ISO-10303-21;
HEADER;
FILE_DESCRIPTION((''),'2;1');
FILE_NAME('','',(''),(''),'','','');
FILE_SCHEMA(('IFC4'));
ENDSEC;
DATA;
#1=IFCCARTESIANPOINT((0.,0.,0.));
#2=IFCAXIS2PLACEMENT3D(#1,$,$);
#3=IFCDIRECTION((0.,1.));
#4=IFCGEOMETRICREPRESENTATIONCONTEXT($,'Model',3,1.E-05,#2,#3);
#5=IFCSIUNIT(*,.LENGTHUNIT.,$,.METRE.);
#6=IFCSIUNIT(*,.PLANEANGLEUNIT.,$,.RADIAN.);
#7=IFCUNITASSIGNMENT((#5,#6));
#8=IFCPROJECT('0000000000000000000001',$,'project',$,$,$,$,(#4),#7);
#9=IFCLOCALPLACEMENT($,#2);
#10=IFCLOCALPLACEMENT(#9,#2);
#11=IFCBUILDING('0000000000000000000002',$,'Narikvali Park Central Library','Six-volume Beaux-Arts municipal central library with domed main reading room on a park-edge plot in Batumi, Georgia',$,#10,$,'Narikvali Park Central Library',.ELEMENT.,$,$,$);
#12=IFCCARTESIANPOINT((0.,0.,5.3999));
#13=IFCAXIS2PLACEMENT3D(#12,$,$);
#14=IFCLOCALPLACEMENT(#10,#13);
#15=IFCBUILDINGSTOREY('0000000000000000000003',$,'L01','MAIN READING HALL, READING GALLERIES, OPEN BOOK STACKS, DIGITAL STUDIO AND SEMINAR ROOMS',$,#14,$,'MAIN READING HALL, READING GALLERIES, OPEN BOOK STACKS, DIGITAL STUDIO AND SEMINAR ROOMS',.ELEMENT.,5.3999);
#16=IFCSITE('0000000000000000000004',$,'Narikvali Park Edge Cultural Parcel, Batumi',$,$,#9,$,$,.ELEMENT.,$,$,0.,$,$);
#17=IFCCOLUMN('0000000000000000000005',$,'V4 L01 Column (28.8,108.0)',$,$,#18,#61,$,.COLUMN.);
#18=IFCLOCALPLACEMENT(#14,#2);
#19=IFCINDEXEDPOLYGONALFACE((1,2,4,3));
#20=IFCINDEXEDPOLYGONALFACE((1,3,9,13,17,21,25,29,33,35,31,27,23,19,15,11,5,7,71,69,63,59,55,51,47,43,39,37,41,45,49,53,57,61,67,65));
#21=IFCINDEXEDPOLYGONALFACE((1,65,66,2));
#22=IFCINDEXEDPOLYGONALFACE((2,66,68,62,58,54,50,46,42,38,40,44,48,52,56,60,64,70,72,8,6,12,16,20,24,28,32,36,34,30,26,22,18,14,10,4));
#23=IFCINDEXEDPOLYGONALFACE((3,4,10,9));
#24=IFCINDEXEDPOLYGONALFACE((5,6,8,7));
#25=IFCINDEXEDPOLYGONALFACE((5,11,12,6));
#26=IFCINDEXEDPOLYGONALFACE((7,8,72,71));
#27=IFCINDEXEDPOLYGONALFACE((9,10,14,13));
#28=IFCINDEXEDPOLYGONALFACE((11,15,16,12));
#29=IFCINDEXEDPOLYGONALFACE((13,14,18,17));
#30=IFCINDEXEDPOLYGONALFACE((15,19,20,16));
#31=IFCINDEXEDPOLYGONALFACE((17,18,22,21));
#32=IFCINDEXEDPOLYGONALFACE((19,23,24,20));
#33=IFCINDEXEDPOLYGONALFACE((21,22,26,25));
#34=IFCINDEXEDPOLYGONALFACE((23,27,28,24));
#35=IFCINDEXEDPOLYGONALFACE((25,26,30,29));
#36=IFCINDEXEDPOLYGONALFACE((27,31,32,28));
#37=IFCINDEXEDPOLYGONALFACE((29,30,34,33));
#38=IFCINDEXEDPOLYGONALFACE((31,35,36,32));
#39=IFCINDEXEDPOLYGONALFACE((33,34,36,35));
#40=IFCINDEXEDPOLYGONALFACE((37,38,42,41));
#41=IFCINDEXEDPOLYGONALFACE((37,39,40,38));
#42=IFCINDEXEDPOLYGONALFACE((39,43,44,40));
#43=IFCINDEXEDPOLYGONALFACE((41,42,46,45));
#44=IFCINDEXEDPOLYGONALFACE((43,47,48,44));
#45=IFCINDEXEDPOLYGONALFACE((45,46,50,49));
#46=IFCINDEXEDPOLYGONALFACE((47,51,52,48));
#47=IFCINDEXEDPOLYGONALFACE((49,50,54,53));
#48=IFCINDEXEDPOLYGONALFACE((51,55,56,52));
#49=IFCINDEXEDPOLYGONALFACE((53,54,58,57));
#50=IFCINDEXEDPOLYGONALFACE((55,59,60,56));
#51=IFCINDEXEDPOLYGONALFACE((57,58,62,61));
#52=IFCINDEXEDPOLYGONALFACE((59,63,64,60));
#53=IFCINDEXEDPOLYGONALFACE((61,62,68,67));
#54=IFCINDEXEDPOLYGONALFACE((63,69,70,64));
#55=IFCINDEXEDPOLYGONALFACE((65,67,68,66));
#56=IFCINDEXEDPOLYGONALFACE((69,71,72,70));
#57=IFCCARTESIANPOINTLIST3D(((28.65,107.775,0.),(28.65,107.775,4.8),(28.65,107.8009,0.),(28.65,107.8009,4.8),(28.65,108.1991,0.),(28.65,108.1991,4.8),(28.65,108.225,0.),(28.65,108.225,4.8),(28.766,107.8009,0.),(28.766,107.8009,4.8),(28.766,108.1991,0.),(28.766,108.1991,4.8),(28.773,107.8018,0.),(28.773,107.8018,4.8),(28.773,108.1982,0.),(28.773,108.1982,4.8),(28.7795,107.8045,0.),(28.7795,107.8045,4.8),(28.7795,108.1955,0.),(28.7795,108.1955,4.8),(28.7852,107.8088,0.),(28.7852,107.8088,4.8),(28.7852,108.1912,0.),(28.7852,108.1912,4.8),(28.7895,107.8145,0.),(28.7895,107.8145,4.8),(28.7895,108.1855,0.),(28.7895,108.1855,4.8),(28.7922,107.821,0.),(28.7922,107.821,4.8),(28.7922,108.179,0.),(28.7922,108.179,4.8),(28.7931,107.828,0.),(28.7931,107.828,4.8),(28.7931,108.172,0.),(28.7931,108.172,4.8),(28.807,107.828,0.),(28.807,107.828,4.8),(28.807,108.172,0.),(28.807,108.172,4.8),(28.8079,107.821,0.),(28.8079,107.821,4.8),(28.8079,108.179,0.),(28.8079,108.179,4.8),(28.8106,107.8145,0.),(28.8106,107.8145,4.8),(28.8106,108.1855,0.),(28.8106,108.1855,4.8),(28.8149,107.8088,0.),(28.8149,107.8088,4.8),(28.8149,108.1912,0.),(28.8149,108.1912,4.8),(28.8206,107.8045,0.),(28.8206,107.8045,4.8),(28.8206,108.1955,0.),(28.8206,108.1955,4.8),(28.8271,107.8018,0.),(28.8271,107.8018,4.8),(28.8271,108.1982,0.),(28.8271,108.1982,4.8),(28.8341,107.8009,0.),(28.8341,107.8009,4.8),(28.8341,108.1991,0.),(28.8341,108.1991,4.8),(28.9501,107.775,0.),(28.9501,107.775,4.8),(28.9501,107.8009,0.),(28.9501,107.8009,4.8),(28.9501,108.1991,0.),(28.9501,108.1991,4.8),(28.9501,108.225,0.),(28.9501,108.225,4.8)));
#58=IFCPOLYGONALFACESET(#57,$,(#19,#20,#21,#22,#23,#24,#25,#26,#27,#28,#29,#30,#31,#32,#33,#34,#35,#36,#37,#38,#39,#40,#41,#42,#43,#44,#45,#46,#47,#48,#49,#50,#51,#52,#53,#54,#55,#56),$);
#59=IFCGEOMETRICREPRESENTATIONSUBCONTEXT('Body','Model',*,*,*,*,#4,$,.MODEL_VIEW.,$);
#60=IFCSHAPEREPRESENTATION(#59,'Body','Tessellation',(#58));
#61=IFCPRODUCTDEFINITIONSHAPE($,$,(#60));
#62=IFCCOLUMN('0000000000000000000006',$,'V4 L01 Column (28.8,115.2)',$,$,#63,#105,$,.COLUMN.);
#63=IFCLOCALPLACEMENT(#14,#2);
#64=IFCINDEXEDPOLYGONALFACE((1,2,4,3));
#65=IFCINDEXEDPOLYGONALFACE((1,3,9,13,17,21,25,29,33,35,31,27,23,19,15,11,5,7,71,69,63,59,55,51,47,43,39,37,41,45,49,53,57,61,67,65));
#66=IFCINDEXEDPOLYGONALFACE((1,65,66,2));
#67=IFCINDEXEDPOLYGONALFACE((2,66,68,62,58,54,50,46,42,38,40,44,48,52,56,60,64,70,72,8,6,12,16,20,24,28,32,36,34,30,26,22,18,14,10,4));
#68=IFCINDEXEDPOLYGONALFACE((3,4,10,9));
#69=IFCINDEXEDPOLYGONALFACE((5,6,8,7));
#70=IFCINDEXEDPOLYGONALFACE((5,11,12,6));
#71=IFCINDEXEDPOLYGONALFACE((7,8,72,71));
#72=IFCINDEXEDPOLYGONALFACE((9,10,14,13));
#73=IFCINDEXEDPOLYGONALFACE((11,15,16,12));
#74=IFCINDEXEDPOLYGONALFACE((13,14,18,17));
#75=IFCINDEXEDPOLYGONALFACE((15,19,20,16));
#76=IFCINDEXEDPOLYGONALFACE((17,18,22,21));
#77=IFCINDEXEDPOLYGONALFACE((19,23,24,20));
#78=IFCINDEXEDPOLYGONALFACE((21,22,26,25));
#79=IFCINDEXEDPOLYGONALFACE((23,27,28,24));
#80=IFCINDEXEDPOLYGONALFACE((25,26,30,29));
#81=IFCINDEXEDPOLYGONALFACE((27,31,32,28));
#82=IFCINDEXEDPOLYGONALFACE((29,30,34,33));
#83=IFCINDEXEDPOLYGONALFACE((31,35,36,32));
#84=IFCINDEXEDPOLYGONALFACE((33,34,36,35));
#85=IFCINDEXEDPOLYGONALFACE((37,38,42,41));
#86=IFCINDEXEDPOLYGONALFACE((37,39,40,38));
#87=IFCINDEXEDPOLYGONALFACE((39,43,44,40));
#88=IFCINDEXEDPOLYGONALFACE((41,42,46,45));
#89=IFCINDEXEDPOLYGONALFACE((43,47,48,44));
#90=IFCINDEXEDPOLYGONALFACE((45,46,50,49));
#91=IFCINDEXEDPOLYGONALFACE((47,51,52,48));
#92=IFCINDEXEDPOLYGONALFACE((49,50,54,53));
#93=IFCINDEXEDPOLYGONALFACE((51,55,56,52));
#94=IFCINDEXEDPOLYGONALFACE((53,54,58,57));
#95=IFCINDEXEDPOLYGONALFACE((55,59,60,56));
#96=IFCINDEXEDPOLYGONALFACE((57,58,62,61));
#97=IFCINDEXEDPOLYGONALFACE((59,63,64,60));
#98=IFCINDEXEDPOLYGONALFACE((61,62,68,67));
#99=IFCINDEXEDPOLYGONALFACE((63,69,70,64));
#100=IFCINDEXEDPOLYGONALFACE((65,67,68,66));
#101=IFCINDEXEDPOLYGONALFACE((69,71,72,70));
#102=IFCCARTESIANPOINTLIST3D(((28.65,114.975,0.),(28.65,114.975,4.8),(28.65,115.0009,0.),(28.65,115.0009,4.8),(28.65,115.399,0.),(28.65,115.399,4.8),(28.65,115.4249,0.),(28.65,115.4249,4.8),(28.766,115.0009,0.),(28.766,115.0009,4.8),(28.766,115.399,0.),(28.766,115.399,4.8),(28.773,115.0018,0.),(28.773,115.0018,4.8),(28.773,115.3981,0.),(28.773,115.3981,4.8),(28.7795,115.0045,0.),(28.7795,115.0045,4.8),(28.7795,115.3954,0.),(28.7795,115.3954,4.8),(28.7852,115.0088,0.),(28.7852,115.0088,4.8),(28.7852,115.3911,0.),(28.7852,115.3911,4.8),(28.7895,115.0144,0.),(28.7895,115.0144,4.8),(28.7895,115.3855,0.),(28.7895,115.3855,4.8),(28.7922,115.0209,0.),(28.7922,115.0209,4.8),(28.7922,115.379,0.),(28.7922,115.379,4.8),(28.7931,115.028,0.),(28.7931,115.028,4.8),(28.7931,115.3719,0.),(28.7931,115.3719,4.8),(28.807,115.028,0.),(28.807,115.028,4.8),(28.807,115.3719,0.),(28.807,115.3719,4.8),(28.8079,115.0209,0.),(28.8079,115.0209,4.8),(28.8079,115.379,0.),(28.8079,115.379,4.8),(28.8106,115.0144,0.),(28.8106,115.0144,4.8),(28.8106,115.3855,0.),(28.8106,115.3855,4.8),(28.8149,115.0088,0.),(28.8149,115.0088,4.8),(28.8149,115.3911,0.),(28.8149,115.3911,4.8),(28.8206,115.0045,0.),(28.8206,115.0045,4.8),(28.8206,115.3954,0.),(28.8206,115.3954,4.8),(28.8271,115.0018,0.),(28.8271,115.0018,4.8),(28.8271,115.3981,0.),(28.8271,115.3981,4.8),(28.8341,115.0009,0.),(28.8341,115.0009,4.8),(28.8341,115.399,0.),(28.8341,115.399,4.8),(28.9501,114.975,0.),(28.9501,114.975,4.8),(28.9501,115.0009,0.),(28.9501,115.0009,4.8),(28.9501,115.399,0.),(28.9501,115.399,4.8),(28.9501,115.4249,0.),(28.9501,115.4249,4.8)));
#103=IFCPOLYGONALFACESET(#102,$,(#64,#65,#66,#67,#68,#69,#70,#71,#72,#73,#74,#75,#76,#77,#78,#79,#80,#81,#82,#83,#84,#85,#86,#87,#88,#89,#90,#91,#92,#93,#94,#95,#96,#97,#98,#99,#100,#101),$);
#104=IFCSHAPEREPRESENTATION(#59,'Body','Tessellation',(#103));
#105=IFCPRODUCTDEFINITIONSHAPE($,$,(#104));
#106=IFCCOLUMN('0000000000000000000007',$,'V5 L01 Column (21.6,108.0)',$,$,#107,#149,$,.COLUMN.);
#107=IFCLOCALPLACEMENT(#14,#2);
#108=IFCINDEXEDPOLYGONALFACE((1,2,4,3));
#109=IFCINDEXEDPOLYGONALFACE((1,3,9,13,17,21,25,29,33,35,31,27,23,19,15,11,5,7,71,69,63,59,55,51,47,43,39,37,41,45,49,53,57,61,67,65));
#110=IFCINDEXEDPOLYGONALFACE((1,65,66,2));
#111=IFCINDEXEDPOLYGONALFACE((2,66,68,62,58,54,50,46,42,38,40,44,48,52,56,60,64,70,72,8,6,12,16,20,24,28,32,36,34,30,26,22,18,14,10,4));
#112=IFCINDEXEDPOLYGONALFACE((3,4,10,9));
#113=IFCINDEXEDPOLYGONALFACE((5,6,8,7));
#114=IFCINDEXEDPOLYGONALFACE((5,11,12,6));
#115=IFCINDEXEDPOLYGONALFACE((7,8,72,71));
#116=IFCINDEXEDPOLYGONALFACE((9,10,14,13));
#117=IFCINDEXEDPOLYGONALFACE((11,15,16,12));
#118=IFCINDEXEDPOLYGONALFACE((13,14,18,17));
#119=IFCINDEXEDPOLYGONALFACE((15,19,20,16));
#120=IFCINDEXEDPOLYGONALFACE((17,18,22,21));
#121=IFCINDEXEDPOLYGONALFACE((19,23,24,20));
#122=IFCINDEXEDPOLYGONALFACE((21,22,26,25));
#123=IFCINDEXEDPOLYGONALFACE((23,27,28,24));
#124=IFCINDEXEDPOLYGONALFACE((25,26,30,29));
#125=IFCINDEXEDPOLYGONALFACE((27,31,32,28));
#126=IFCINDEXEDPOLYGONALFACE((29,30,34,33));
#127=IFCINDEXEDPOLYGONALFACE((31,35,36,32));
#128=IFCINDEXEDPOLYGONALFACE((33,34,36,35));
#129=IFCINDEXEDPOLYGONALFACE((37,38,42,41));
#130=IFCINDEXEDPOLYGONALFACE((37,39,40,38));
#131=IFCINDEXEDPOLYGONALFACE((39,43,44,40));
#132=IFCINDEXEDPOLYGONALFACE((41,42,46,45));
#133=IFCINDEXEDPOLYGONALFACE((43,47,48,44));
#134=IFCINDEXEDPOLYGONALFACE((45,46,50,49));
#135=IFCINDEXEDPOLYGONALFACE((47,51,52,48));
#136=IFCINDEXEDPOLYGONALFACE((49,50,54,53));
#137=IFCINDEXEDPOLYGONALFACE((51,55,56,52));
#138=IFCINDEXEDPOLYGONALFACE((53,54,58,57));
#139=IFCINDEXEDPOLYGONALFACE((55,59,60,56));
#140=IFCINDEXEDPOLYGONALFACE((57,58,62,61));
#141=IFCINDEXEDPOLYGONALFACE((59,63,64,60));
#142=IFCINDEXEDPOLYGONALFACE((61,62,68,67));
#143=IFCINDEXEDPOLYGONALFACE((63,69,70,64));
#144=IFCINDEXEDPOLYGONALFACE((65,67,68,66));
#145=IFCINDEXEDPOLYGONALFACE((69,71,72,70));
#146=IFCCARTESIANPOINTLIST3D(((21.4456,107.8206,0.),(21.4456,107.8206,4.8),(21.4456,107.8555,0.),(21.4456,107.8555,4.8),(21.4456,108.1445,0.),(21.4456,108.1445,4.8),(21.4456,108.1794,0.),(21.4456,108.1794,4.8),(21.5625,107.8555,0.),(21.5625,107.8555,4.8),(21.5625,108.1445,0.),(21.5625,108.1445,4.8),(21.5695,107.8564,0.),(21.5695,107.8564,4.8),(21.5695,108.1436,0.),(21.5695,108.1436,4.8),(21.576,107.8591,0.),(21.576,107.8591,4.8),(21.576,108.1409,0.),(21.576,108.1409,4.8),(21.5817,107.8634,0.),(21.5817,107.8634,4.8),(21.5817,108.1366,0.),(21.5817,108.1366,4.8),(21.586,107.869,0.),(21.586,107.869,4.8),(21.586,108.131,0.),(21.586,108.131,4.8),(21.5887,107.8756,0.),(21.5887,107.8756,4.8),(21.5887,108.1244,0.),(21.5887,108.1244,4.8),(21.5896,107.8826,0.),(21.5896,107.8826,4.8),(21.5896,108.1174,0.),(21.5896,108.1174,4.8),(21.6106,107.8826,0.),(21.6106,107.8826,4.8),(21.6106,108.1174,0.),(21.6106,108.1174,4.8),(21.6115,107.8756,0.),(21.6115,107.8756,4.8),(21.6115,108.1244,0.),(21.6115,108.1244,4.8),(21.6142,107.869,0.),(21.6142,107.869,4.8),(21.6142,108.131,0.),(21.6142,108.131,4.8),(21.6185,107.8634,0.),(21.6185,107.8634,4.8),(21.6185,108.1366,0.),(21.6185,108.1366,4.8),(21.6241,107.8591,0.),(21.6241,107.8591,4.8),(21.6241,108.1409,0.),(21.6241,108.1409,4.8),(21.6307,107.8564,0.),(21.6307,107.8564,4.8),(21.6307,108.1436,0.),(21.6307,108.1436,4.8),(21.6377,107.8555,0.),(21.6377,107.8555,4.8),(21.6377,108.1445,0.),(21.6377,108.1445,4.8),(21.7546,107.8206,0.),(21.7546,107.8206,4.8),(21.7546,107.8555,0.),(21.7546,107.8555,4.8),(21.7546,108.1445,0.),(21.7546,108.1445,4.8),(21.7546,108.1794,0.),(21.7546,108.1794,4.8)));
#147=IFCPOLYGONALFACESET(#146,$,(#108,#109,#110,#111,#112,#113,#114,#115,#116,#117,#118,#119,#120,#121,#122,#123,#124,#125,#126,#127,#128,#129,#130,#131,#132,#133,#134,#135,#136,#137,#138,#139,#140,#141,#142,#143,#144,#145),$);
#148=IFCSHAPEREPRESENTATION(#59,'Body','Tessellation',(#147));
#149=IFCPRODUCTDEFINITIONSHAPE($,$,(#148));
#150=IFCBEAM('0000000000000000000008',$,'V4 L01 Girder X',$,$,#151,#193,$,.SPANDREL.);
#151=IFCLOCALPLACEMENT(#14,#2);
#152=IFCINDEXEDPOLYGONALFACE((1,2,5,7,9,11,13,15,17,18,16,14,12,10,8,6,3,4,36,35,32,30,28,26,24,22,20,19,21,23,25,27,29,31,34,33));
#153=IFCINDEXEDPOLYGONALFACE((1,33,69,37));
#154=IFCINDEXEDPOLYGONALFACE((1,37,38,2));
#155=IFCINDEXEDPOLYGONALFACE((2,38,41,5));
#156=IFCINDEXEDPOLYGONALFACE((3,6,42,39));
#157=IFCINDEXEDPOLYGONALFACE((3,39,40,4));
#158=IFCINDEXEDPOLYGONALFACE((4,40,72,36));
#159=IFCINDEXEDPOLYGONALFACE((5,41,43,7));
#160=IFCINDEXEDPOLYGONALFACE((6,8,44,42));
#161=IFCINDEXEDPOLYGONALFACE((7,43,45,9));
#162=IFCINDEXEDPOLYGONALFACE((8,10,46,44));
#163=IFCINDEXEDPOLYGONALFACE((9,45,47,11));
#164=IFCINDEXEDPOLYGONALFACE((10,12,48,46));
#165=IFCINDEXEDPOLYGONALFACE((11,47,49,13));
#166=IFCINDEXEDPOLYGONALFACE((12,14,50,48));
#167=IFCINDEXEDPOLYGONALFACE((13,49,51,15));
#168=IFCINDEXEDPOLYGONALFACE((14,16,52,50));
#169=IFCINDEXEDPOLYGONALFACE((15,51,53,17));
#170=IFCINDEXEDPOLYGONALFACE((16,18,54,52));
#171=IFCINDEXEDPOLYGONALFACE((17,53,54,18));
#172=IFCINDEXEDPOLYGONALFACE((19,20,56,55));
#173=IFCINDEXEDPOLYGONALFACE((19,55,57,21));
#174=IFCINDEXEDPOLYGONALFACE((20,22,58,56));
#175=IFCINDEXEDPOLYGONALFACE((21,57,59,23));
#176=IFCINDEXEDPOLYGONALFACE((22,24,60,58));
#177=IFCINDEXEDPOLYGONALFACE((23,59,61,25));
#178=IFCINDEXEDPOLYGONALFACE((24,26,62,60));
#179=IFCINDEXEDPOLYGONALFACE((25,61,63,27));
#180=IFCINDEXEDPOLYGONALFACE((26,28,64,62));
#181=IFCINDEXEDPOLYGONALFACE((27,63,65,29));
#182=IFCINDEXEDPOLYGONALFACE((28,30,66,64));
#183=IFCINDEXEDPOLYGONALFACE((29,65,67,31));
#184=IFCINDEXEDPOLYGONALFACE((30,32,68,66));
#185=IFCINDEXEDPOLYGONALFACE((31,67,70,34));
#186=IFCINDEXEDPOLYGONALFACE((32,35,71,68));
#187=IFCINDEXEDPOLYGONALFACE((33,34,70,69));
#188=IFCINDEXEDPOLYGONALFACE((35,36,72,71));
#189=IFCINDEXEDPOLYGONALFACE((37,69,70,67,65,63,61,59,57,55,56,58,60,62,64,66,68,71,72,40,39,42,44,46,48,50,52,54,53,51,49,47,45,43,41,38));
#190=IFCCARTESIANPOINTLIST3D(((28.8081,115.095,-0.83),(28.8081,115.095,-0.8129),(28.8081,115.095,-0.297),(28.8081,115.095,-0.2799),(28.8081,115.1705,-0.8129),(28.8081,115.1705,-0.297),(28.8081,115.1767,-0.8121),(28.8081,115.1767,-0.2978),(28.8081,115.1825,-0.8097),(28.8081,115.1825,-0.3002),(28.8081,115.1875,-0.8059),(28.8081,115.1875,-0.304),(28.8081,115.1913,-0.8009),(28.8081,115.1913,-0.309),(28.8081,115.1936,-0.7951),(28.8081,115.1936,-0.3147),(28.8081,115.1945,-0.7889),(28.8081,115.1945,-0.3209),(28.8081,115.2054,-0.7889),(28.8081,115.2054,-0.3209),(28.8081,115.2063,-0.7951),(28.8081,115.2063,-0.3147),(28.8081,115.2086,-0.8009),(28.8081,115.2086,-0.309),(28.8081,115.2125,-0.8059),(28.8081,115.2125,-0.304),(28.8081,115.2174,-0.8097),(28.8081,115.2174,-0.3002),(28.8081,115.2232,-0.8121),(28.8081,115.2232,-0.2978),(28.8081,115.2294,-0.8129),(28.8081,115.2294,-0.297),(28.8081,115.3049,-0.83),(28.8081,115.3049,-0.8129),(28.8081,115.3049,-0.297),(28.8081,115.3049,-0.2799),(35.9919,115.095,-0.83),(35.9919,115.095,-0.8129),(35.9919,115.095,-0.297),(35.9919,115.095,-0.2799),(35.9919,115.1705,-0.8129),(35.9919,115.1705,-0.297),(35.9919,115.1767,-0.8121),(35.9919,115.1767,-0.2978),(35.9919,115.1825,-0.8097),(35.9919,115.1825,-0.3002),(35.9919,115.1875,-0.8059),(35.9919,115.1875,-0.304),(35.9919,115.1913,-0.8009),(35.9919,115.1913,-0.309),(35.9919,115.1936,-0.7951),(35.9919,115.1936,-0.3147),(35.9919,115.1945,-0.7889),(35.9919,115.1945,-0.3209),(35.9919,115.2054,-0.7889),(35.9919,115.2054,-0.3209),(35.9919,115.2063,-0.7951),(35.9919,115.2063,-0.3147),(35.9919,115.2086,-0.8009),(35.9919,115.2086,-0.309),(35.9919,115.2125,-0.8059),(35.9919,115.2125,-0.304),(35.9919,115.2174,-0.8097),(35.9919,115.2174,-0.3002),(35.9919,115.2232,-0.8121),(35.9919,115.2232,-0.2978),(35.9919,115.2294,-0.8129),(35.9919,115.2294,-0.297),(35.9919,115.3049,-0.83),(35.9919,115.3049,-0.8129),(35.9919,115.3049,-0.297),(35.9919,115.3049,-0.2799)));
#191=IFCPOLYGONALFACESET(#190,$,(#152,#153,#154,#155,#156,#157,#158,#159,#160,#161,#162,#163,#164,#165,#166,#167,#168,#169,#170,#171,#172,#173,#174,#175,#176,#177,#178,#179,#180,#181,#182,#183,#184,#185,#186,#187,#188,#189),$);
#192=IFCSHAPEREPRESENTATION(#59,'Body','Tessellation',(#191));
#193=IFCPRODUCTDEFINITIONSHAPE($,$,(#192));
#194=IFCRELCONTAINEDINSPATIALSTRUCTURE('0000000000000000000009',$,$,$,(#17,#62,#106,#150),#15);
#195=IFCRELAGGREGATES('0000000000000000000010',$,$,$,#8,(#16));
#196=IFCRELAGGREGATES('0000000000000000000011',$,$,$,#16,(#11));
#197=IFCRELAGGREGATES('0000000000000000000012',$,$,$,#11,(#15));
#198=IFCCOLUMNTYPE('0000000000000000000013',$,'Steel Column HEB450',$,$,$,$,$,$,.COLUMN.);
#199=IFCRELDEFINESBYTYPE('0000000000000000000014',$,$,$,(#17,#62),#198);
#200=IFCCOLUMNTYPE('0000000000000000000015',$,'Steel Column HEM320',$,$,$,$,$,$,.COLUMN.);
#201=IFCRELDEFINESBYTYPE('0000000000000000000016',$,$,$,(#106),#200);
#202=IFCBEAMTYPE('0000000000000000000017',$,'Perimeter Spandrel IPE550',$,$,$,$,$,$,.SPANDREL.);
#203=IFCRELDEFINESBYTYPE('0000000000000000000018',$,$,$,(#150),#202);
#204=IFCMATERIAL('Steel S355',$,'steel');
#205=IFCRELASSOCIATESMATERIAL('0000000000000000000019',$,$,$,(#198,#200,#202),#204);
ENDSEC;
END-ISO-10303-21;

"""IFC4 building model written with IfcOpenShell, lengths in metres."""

from ifc_helpers import new_model, si_unit, direction, frame, origin, origin_2d, place, context, subcontext, project, spatial, i_section, extrude, material, material_profile, profile_set, type_object, element, save


model = new_model("IFC4")

# Units and contexts
model_context = context("Model", 3, precision=1e-05, world=origin(), true_north=direction((0.0, 1.0)))
body_context = subcontext(model_context, "Body", "Model", "MODEL_VIEW")
ifc_project = project(units=[si_unit("LENGTHUNIT", "METRE"), si_unit("PLANEANGLEUNIT", "RADIAN")], contexts=[model_context])

# Site, building, storey
site_placement = place(None, origin())
site = spatial("IfcSite", under=ifc_project, at=site_placement, Name="Narikvali Park Edge Cultural Parcel, Batumi", CompositionType="ELEMENT", RefElevation=0.0)
building_placement = place(site_placement, origin())
building = spatial("IfcBuilding", under=site, at=building_placement, Name="Narikvali Park Central Library", Description="Six-volume Beaux-Arts municipal central library with domed main reading room on a park-edge plot in Batumi, Georgia", LongName="Narikvali Park Central Library", CompositionType="ELEMENT")
storey_placement = place(building_placement, frame((0.0, 0.0, 5.3999)))
storey = spatial("IfcBuildingStorey", under=building, at=storey_placement, Name="L01", Description="MAIN READING HALL, READING GALLERIES, OPEN BOOK STACKS, DIGITAL STUDIO AND SEMINAR ROOMS", LongName="MAIN READING HALL, READING GALLERIES, OPEN BOOK STACKS, DIGITAL STUDIO AND SEMINAR ROOMS", CompositionType="ELEMENT", Elevation=5.3999)

# Columns
ifc_material_1 = material(Name="Steel S355", Category="steel")
ifc_material_profile_1 = material_profile(ifc_material_1, i_section(OverallWidth=0.3, OverallDepth=0.45, WebThickness=0.0139, FlangeThickness=0.0259, FilletRadius=0.0271, at=origin_2d()), Name="HEB 450")
ifc_profile_set_1 = profile_set([ifc_material_profile_1], Name="Steel S355")
column_type_1 = type_object("IfcColumnType", Name="Steel Column HEB450", PredefinedType="COLUMN", material=ifc_profile_set_1)
for number, where, z_axis, x_axis, name in (
    (1, (28.8, 108.0, 0.0), (0.0, 0.0, 1.0), (1.0, 0.0, 0.0), "V4 L01 Column (28.8,108.0)"),
    (2, (28.8, 115.2, 0.0), (0.0, 0.0, 1.0), (1.0, 0.0, 0.0), "V4 L01 Column (28.8,115.2)"),
):
    element("IfcColumn", number, at=place(storey_placement, frame(where, z_axis=z_axis, x_axis=x_axis)), inside=storey, type_object=column_type_1, Name=name, PredefinedType="COLUMN", context=body_context, shape_type="SweptSolid", body=[
        extrude(i_section(OverallWidth=0.3, OverallDepth=0.45, WebThickness=0.0139, FlangeThickness=0.0259, FilletRadius=0.0271, at=origin_2d()), origin(), (0.0, 0.0, 1.0), 4.8),
    ])
ifc_material_profile_2 = material_profile(ifc_material_1, i_section(OverallWidth=0.3091, OverallDepth=0.3589, WebThickness=0.021, FlangeThickness=0.0349, FilletRadius=0.0271, at=origin_2d()), Name="HEM 320")
ifc_profile_set_2 = profile_set([ifc_material_profile_2], Name="Steel S355")
column_type_2 = type_object("IfcColumnType", Name="Steel Column HEM320", PredefinedType="COLUMN", material=ifc_profile_set_2)
column_placement = place(storey_placement, frame((21.6001, 108.0, 0.0), z_axis=(0.0, 0.0, 1.0), x_axis=(1.0, 0.0, 0.0)))
element("IfcColumn", 3, at=column_placement, inside=storey, type_object=column_type_2, Name="V5 L01 Column (21.6,108.0)", PredefinedType="COLUMN", context=body_context, shape_type="SweptSolid", body=[
    extrude(i_section(OverallWidth=0.3091, OverallDepth=0.3589, WebThickness=0.021, FlangeThickness=0.0349, FilletRadius=0.0271, at=origin_2d()), origin(), (0.0, 0.0, 1.0), 4.8),
])

# Beam
ifc_material_profile_3 = material_profile(ifc_material_1, i_section(OverallWidth=0.21, OverallDepth=0.55, WebThickness=0.011, FlangeThickness=0.0171, FilletRadius=0.0239, at=origin_2d()), Name="IPE 550")
ifc_profile_set_3 = profile_set([ifc_material_profile_3], Name="Steel S355")
beam_type_1 = type_object("IfcBeamType", Name="Perimeter Spandrel IPE550", PredefinedType="SPANDREL", material=ifc_profile_set_3)
for number, where, z_axis, x_axis, name in (
    (4, (28.8081, 115.2, -0.5549), (1.0, 0.0, 0.0), (0.0, 1.0, 0.0), "V4 L01 Girder X"),
):
    element("IfcBeam", number, at=place(storey_placement, frame(where, z_axis=z_axis, x_axis=x_axis)), inside=storey, type_object=beam_type_1, Name=name, PredefinedType="SPANDREL", context=body_context, shape_type="SweptSolid", body=[
        extrude(i_section(OverallWidth=0.21, OverallDepth=0.55, WebThickness=0.011, FlangeThickness=0.0171, FilletRadius=0.0239, at=origin_2d()), origin(), (0.0, 0.0, 1.0), 7.1838),
    ])

save(model, "model.ifc")
